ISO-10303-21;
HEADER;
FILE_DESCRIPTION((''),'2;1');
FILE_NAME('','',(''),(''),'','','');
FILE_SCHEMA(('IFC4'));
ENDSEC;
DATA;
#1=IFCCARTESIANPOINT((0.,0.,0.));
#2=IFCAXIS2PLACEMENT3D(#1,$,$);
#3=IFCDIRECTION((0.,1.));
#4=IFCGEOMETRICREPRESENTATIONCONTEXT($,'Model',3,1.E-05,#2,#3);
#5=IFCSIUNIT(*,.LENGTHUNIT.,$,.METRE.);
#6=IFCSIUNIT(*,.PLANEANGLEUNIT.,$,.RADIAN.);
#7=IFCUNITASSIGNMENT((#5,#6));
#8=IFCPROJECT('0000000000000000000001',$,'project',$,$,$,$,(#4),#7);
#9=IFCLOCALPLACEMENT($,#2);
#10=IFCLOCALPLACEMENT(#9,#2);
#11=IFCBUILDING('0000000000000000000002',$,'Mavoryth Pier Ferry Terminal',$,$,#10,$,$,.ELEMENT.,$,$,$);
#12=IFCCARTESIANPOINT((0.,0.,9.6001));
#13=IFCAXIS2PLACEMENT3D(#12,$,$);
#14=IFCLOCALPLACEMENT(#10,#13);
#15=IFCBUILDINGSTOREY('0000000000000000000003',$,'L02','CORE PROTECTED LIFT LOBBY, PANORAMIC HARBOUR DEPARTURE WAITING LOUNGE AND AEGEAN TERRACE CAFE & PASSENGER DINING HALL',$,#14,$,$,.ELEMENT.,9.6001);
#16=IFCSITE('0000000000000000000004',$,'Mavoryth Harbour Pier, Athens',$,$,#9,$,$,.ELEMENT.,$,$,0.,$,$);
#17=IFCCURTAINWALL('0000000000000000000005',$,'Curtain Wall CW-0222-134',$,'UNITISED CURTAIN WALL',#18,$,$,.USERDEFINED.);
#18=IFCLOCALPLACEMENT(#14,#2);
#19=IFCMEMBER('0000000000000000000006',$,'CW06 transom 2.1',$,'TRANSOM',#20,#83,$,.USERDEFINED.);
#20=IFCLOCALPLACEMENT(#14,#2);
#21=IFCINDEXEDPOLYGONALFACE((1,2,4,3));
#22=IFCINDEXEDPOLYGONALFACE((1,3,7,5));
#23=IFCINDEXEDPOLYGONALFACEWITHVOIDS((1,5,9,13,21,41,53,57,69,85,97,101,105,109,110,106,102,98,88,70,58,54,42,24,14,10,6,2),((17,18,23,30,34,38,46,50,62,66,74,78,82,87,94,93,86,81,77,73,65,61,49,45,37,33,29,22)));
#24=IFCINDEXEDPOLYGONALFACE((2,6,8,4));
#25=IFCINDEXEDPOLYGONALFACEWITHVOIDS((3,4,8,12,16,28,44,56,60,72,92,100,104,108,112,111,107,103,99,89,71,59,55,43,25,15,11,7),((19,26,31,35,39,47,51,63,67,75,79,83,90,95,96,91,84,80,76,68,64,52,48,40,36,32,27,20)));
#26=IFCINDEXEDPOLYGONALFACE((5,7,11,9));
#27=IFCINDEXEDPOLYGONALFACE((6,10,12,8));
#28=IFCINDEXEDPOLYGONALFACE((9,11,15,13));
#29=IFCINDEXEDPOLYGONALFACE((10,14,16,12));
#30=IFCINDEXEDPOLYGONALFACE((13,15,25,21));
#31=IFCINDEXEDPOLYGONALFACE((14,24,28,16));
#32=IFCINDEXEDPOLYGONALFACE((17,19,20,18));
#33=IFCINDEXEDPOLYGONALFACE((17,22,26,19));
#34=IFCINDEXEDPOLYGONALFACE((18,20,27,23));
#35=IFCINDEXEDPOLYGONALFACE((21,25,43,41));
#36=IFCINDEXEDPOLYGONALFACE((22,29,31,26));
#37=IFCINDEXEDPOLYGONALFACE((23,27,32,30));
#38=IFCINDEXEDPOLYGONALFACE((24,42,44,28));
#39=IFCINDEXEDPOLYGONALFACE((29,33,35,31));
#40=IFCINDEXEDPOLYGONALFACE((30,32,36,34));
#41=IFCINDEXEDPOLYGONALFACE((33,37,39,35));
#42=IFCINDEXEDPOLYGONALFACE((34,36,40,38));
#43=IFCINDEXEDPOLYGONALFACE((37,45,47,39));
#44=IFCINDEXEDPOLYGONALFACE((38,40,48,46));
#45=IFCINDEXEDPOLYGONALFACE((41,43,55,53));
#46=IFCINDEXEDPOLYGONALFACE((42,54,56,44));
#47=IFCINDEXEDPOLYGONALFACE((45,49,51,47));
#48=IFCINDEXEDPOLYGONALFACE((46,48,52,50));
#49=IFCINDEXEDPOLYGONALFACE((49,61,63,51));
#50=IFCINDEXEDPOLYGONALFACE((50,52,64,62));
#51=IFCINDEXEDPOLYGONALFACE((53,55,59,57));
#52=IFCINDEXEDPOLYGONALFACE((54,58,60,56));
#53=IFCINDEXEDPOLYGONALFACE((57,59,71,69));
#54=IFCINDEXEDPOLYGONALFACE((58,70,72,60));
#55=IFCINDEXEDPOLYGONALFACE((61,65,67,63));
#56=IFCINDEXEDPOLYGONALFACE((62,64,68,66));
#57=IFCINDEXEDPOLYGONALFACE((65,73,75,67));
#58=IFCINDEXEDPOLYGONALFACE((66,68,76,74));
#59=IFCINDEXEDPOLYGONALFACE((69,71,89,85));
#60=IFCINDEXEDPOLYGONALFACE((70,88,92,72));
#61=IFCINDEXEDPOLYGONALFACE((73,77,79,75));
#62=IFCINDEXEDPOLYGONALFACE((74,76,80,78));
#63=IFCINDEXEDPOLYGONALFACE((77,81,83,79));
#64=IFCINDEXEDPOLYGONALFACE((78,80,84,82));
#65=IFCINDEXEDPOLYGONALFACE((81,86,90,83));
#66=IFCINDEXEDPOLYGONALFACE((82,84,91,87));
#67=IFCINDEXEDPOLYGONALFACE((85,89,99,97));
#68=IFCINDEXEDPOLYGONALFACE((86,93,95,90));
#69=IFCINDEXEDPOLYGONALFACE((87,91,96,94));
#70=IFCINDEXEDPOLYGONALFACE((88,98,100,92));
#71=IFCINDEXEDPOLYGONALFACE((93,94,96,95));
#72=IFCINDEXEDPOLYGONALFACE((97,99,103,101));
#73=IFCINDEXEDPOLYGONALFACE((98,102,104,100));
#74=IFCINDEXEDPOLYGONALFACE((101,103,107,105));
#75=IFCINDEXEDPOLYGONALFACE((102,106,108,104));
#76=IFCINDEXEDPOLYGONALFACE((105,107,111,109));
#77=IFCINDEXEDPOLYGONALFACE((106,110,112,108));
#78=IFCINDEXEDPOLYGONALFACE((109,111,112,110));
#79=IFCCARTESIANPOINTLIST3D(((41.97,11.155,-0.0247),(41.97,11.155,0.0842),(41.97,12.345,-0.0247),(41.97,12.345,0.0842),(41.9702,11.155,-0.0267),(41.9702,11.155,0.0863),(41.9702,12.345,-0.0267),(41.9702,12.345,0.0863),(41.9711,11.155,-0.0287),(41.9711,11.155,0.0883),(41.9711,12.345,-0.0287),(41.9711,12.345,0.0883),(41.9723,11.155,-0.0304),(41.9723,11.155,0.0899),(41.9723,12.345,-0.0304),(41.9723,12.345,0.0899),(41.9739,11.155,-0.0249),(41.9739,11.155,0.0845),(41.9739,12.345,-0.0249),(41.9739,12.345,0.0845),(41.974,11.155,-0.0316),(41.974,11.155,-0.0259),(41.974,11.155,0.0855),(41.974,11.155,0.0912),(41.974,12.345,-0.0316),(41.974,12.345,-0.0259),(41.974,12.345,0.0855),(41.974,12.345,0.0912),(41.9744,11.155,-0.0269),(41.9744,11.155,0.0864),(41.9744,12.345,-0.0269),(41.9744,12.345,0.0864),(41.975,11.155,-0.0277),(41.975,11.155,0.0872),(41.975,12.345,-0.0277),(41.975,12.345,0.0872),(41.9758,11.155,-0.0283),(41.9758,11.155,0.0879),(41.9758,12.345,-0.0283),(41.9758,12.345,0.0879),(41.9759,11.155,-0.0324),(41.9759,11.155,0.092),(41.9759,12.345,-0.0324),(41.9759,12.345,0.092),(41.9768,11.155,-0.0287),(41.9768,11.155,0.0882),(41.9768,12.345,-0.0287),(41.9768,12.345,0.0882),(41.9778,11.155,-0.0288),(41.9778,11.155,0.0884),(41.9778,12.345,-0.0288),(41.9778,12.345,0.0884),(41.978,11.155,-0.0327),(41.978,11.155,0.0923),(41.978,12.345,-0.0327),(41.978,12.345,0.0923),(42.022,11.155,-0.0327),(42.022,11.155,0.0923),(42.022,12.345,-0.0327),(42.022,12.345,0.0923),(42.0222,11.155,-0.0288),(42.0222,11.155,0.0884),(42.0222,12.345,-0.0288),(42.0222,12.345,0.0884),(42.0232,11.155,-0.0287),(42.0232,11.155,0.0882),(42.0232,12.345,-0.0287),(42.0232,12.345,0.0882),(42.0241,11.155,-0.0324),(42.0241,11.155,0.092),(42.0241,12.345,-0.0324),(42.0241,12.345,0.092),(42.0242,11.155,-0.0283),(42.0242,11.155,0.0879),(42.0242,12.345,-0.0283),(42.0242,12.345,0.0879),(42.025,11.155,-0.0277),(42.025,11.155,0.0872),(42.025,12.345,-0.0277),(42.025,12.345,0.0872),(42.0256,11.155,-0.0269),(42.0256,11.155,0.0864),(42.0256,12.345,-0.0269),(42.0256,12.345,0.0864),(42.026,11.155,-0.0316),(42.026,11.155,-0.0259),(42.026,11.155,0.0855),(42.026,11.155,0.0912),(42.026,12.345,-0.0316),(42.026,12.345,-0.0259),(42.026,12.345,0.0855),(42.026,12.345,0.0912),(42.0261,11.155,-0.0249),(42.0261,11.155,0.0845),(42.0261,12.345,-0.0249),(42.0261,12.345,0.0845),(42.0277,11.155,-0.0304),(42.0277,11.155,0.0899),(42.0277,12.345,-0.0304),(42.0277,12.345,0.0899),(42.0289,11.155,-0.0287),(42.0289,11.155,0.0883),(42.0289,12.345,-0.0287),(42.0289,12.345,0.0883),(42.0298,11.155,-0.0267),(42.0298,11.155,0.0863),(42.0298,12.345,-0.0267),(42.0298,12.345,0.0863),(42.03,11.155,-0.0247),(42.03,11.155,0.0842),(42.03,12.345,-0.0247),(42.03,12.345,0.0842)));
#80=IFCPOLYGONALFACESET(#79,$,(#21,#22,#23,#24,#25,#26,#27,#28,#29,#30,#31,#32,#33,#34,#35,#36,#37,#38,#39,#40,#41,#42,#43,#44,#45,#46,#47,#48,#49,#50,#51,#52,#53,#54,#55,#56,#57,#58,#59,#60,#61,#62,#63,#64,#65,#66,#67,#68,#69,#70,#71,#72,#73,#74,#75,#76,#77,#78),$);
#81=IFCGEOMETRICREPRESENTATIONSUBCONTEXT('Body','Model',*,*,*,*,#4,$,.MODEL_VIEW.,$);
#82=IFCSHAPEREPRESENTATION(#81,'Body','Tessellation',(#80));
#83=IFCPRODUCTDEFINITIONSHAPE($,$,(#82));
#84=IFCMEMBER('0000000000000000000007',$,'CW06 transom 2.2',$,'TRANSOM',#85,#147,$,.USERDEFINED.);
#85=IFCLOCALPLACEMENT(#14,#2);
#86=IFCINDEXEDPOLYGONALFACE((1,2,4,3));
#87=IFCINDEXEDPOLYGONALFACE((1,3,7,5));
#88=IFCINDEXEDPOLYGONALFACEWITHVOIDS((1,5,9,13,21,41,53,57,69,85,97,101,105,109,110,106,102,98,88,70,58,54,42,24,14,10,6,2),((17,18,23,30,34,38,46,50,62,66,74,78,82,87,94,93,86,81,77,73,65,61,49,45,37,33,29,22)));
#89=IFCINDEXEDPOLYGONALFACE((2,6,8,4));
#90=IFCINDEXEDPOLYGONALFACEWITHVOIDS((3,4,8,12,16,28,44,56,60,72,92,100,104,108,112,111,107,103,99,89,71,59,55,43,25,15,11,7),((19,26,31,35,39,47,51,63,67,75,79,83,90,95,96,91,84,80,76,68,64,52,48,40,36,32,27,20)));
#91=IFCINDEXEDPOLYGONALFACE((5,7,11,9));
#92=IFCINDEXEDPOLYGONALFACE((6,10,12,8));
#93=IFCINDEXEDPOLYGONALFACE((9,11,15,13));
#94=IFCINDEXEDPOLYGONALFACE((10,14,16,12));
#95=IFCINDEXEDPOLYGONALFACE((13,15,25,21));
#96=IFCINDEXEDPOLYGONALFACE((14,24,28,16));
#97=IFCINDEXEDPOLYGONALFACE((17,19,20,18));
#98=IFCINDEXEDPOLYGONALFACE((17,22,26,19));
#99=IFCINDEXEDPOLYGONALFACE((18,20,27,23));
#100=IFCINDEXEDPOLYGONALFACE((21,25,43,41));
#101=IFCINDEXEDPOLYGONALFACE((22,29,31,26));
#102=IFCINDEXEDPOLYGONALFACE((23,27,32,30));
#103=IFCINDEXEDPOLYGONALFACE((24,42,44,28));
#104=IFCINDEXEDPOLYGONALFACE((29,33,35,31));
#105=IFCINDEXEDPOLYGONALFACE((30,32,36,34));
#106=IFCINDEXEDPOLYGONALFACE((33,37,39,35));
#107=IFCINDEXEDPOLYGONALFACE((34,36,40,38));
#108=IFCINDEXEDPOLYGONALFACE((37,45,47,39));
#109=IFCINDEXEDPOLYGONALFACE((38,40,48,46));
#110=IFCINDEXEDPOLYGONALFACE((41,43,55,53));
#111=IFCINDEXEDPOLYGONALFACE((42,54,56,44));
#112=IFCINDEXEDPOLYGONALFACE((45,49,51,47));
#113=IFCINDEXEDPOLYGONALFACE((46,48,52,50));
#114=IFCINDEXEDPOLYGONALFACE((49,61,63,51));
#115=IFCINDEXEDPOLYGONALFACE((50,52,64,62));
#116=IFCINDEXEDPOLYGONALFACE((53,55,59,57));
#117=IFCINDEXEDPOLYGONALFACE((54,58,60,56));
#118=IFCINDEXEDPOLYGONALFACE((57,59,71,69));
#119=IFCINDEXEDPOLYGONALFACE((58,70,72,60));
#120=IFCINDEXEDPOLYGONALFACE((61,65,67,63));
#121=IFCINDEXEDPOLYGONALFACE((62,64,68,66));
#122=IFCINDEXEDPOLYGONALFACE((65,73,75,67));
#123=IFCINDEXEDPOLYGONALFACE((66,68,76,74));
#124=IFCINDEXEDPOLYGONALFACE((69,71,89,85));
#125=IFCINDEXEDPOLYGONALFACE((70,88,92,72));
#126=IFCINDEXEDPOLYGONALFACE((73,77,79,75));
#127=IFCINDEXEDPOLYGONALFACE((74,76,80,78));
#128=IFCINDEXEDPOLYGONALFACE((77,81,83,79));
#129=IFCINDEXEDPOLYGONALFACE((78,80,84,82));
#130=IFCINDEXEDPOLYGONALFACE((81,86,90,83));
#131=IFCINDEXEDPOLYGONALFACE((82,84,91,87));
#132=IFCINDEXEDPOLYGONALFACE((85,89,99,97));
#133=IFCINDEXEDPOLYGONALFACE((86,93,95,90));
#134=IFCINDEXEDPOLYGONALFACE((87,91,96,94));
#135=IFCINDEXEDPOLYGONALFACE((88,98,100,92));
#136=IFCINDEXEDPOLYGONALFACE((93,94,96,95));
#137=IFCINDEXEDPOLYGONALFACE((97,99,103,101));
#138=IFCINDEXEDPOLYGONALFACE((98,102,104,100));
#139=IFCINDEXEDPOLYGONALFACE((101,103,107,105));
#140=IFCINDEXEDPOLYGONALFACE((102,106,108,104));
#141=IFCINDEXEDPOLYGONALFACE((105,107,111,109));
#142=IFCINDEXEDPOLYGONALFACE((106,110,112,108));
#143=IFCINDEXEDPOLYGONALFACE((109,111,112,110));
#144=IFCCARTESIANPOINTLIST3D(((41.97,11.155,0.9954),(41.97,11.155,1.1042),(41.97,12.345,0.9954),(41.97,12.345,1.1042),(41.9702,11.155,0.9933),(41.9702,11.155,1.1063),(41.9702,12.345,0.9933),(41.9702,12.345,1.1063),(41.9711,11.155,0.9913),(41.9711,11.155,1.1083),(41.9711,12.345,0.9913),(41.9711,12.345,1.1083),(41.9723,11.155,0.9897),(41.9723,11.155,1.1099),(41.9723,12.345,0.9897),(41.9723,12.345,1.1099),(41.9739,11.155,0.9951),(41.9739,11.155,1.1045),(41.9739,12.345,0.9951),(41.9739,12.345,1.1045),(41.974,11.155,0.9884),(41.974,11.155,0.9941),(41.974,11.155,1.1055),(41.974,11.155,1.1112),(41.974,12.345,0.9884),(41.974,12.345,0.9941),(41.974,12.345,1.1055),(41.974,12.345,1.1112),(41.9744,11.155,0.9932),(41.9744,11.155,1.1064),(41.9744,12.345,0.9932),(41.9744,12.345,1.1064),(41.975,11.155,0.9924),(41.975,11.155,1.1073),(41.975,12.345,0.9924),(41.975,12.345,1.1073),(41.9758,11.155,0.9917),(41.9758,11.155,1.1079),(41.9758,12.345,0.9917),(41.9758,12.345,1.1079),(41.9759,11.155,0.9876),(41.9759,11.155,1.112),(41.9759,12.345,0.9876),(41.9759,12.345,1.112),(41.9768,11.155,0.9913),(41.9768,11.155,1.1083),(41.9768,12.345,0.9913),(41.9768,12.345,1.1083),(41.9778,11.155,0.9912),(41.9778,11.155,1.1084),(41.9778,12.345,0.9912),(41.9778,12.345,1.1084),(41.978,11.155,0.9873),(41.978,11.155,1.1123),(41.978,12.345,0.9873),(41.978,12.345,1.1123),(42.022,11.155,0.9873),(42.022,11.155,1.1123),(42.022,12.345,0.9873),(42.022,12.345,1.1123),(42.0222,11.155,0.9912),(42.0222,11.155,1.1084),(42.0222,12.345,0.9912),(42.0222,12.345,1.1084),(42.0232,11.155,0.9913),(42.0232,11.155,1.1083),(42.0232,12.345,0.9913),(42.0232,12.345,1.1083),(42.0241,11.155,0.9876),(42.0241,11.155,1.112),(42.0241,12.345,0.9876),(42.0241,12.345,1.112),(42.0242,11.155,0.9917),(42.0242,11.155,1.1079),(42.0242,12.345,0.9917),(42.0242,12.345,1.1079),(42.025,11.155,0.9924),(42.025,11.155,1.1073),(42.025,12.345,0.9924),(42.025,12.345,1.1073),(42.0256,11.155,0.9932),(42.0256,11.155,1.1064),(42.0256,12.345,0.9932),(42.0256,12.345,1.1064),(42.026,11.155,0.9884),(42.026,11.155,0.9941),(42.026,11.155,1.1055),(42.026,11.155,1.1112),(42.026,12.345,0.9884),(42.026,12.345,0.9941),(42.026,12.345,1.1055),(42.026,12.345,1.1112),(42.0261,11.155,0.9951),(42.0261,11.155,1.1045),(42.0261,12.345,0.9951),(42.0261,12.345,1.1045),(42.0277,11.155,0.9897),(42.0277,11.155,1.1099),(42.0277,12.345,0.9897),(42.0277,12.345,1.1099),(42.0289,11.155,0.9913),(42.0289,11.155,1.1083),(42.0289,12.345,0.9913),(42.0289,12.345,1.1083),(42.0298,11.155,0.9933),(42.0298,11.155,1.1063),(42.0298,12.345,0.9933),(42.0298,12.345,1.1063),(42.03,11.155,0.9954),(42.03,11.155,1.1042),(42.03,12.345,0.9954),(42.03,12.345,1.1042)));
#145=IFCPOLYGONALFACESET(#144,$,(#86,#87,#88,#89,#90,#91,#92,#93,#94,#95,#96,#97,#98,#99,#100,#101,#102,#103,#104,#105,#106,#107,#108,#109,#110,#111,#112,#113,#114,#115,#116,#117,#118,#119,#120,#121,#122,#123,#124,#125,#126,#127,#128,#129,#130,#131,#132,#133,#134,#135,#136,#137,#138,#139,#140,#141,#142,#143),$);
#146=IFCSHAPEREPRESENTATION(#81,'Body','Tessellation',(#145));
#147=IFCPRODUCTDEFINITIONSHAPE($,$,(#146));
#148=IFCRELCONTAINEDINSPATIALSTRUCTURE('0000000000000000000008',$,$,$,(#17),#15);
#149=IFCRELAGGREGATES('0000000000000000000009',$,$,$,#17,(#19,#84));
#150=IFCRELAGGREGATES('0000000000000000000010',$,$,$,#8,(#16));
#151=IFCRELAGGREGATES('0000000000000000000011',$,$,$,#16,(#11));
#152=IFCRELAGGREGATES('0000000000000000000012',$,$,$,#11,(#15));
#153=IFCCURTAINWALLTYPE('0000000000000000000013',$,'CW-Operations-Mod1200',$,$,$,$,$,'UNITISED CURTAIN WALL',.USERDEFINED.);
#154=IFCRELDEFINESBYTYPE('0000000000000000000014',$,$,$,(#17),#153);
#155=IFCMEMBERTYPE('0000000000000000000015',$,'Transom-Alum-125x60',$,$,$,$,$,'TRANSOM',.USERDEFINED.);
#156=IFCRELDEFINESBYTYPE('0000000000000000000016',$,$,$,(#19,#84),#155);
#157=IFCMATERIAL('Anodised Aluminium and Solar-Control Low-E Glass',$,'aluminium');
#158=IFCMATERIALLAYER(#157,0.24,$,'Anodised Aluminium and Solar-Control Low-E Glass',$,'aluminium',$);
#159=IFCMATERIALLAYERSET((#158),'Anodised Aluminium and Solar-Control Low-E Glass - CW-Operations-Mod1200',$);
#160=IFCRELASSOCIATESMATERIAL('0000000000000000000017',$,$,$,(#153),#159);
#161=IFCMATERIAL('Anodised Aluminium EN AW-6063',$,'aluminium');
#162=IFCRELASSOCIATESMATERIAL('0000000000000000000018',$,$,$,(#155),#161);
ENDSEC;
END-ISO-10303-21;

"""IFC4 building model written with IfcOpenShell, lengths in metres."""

from ifc_helpers import new_model, si_unit, direction, frame, origin, origin_2d, place, context, subcontext, project, spatial, hollow_rectangle, extrude, material, layer, layer_set, material_profile, profile_set, type_object, element, aggregate, save


model = new_model("IFC4")

# Units and contexts
model_context = context("Model", 3, precision=1e-05, world=origin(), true_north=direction((0.0, 1.0)))
body_context = subcontext(model_context, "Body", "Model", "MODEL_VIEW")
ifc_project = project(units=[si_unit("LENGTHUNIT", "METRE"), si_unit("PLANEANGLEUNIT", "RADIAN")], contexts=[model_context])

# Site, building, storey
site_placement = place(None, origin())
site = spatial("IfcSite", under=ifc_project, at=site_placement, Name="Mavoryth Harbour Pier, Athens", CompositionType="ELEMENT", RefElevation=0.0)
building_placement = place(site_placement, origin())
building = spatial("IfcBuilding", under=site, at=building_placement, Name="Mavoryth Pier Ferry Terminal", CompositionType="ELEMENT")
storey_placement = place(building_placement, frame((0.0, 0.0, 9.6001)))
storey = spatial("IfcBuildingStorey", under=building, at=storey_placement, Name="L02", Description="CORE PROTECTED LIFT LOBBY, PANORAMIC HARBOUR DEPARTURE WAITING LOUNGE AND AEGEAN TERRACE CAFE & PASSENGER DINING HALL", CompositionType="ELEMENT", Elevation=9.6001)

# Curtain wall
ifc_material_1 = material(Name="Anodised Aluminium and Solar-Control Low-E Glass", Category="aluminium")
ifc_layer_1 = layer(ifc_material_1, 0.24, Name="Anodised Aluminium and Solar-Control Low-E Glass", Category="aluminium")
ifc_layer_set_1 = layer_set([ifc_layer_1], Name="Anodised Aluminium and Solar-Control Low-E Glass - CW-Operations-Mod1200")
curtain_wall_type = type_object("IfcCurtainWallType", Name="CW-Operations-Mod1200", ElementType="UNITISED CURTAIN WALL", PredefinedType="USERDEFINED", material=ifc_layer_set_1)
ifc_material_2 = material(Name="Anodised Aluminium EN AW-6063", Category="aluminium")
curtain_wall_1_placement = place(storey_placement, origin())
curtain_wall_1 = element("IfcCurtainWall", 1, at=curtain_wall_1_placement, inside=storey, type_object=curtain_wall_type, Name="Curtain Wall CW-0222-134", ObjectType="UNITISED CURTAIN WALL", PredefinedType="USERDEFINED")

# Members
ifc_material_profile_1 = material_profile(ifc_material_2, hollow_rectangle(XDim=0.0601, YDim=0.125, WallThickness=0.0039, InnerFilletRadius=0.0039, OuterFilletRadius=0.0081, at=origin_2d()), Name="AL-TRAN 125x60x4", Category="aluminium")
ifc_profile_set_1 = profile_set([ifc_material_profile_1], Name="Anodised Aluminium EN AW-6063 - AL-TRAN 125x60x4")
member_type_1 = type_object("IfcMemberType", Name="Transom-Alum-125x60", ElementType="TRANSOM", PredefinedType="USERDEFINED", material=ifc_profile_set_1)
member_1_placement = place(storey_placement, frame((42.0, 12.345, 0.0298), z_axis=(0.0, -1.0, 0.0), x_axis=(1.0, 0.0, 0.0)))
member_1 = element("IfcMember", 2, at=member_1_placement, type_object=member_type_1, Name="CW06 transom 2.1", ObjectType="TRANSOM", PredefinedType="USERDEFINED", context=body_context, shape_type="SweptSolid", body=[
    extrude(hollow_rectangle(XDim=0.0601, YDim=0.125, WallThickness=0.0039, InnerFilletRadius=0.0039, OuterFilletRadius=0.0081, at=origin_2d()), origin(), (0.0, 0.0, 1.0), 1.1899),
])
member_2_placement = place(storey_placement, frame((42.0, 12.345, 1.0498), z_axis=(0.0, -1.0, 0.0), x_axis=(1.0, 0.0, 0.0)))
member_2 = element("IfcMember", 3, at=member_2_placement, type_object=member_type_1, Name="CW06 transom 2.2", ObjectType="TRANSOM", PredefinedType="USERDEFINED", context=body_context, shape_type="SweptSolid", body=[
    extrude(hollow_rectangle(XDim=0.0601, YDim=0.125, WallThickness=0.0039, InnerFilletRadius=0.0039, OuterFilletRadius=0.0081, at=origin_2d()), origin(), (0.0, 0.0, 1.0), 1.1899),
])

aggregate(curtain_wall_1, [member_1, member_2])

save(model, "model.ifc")
